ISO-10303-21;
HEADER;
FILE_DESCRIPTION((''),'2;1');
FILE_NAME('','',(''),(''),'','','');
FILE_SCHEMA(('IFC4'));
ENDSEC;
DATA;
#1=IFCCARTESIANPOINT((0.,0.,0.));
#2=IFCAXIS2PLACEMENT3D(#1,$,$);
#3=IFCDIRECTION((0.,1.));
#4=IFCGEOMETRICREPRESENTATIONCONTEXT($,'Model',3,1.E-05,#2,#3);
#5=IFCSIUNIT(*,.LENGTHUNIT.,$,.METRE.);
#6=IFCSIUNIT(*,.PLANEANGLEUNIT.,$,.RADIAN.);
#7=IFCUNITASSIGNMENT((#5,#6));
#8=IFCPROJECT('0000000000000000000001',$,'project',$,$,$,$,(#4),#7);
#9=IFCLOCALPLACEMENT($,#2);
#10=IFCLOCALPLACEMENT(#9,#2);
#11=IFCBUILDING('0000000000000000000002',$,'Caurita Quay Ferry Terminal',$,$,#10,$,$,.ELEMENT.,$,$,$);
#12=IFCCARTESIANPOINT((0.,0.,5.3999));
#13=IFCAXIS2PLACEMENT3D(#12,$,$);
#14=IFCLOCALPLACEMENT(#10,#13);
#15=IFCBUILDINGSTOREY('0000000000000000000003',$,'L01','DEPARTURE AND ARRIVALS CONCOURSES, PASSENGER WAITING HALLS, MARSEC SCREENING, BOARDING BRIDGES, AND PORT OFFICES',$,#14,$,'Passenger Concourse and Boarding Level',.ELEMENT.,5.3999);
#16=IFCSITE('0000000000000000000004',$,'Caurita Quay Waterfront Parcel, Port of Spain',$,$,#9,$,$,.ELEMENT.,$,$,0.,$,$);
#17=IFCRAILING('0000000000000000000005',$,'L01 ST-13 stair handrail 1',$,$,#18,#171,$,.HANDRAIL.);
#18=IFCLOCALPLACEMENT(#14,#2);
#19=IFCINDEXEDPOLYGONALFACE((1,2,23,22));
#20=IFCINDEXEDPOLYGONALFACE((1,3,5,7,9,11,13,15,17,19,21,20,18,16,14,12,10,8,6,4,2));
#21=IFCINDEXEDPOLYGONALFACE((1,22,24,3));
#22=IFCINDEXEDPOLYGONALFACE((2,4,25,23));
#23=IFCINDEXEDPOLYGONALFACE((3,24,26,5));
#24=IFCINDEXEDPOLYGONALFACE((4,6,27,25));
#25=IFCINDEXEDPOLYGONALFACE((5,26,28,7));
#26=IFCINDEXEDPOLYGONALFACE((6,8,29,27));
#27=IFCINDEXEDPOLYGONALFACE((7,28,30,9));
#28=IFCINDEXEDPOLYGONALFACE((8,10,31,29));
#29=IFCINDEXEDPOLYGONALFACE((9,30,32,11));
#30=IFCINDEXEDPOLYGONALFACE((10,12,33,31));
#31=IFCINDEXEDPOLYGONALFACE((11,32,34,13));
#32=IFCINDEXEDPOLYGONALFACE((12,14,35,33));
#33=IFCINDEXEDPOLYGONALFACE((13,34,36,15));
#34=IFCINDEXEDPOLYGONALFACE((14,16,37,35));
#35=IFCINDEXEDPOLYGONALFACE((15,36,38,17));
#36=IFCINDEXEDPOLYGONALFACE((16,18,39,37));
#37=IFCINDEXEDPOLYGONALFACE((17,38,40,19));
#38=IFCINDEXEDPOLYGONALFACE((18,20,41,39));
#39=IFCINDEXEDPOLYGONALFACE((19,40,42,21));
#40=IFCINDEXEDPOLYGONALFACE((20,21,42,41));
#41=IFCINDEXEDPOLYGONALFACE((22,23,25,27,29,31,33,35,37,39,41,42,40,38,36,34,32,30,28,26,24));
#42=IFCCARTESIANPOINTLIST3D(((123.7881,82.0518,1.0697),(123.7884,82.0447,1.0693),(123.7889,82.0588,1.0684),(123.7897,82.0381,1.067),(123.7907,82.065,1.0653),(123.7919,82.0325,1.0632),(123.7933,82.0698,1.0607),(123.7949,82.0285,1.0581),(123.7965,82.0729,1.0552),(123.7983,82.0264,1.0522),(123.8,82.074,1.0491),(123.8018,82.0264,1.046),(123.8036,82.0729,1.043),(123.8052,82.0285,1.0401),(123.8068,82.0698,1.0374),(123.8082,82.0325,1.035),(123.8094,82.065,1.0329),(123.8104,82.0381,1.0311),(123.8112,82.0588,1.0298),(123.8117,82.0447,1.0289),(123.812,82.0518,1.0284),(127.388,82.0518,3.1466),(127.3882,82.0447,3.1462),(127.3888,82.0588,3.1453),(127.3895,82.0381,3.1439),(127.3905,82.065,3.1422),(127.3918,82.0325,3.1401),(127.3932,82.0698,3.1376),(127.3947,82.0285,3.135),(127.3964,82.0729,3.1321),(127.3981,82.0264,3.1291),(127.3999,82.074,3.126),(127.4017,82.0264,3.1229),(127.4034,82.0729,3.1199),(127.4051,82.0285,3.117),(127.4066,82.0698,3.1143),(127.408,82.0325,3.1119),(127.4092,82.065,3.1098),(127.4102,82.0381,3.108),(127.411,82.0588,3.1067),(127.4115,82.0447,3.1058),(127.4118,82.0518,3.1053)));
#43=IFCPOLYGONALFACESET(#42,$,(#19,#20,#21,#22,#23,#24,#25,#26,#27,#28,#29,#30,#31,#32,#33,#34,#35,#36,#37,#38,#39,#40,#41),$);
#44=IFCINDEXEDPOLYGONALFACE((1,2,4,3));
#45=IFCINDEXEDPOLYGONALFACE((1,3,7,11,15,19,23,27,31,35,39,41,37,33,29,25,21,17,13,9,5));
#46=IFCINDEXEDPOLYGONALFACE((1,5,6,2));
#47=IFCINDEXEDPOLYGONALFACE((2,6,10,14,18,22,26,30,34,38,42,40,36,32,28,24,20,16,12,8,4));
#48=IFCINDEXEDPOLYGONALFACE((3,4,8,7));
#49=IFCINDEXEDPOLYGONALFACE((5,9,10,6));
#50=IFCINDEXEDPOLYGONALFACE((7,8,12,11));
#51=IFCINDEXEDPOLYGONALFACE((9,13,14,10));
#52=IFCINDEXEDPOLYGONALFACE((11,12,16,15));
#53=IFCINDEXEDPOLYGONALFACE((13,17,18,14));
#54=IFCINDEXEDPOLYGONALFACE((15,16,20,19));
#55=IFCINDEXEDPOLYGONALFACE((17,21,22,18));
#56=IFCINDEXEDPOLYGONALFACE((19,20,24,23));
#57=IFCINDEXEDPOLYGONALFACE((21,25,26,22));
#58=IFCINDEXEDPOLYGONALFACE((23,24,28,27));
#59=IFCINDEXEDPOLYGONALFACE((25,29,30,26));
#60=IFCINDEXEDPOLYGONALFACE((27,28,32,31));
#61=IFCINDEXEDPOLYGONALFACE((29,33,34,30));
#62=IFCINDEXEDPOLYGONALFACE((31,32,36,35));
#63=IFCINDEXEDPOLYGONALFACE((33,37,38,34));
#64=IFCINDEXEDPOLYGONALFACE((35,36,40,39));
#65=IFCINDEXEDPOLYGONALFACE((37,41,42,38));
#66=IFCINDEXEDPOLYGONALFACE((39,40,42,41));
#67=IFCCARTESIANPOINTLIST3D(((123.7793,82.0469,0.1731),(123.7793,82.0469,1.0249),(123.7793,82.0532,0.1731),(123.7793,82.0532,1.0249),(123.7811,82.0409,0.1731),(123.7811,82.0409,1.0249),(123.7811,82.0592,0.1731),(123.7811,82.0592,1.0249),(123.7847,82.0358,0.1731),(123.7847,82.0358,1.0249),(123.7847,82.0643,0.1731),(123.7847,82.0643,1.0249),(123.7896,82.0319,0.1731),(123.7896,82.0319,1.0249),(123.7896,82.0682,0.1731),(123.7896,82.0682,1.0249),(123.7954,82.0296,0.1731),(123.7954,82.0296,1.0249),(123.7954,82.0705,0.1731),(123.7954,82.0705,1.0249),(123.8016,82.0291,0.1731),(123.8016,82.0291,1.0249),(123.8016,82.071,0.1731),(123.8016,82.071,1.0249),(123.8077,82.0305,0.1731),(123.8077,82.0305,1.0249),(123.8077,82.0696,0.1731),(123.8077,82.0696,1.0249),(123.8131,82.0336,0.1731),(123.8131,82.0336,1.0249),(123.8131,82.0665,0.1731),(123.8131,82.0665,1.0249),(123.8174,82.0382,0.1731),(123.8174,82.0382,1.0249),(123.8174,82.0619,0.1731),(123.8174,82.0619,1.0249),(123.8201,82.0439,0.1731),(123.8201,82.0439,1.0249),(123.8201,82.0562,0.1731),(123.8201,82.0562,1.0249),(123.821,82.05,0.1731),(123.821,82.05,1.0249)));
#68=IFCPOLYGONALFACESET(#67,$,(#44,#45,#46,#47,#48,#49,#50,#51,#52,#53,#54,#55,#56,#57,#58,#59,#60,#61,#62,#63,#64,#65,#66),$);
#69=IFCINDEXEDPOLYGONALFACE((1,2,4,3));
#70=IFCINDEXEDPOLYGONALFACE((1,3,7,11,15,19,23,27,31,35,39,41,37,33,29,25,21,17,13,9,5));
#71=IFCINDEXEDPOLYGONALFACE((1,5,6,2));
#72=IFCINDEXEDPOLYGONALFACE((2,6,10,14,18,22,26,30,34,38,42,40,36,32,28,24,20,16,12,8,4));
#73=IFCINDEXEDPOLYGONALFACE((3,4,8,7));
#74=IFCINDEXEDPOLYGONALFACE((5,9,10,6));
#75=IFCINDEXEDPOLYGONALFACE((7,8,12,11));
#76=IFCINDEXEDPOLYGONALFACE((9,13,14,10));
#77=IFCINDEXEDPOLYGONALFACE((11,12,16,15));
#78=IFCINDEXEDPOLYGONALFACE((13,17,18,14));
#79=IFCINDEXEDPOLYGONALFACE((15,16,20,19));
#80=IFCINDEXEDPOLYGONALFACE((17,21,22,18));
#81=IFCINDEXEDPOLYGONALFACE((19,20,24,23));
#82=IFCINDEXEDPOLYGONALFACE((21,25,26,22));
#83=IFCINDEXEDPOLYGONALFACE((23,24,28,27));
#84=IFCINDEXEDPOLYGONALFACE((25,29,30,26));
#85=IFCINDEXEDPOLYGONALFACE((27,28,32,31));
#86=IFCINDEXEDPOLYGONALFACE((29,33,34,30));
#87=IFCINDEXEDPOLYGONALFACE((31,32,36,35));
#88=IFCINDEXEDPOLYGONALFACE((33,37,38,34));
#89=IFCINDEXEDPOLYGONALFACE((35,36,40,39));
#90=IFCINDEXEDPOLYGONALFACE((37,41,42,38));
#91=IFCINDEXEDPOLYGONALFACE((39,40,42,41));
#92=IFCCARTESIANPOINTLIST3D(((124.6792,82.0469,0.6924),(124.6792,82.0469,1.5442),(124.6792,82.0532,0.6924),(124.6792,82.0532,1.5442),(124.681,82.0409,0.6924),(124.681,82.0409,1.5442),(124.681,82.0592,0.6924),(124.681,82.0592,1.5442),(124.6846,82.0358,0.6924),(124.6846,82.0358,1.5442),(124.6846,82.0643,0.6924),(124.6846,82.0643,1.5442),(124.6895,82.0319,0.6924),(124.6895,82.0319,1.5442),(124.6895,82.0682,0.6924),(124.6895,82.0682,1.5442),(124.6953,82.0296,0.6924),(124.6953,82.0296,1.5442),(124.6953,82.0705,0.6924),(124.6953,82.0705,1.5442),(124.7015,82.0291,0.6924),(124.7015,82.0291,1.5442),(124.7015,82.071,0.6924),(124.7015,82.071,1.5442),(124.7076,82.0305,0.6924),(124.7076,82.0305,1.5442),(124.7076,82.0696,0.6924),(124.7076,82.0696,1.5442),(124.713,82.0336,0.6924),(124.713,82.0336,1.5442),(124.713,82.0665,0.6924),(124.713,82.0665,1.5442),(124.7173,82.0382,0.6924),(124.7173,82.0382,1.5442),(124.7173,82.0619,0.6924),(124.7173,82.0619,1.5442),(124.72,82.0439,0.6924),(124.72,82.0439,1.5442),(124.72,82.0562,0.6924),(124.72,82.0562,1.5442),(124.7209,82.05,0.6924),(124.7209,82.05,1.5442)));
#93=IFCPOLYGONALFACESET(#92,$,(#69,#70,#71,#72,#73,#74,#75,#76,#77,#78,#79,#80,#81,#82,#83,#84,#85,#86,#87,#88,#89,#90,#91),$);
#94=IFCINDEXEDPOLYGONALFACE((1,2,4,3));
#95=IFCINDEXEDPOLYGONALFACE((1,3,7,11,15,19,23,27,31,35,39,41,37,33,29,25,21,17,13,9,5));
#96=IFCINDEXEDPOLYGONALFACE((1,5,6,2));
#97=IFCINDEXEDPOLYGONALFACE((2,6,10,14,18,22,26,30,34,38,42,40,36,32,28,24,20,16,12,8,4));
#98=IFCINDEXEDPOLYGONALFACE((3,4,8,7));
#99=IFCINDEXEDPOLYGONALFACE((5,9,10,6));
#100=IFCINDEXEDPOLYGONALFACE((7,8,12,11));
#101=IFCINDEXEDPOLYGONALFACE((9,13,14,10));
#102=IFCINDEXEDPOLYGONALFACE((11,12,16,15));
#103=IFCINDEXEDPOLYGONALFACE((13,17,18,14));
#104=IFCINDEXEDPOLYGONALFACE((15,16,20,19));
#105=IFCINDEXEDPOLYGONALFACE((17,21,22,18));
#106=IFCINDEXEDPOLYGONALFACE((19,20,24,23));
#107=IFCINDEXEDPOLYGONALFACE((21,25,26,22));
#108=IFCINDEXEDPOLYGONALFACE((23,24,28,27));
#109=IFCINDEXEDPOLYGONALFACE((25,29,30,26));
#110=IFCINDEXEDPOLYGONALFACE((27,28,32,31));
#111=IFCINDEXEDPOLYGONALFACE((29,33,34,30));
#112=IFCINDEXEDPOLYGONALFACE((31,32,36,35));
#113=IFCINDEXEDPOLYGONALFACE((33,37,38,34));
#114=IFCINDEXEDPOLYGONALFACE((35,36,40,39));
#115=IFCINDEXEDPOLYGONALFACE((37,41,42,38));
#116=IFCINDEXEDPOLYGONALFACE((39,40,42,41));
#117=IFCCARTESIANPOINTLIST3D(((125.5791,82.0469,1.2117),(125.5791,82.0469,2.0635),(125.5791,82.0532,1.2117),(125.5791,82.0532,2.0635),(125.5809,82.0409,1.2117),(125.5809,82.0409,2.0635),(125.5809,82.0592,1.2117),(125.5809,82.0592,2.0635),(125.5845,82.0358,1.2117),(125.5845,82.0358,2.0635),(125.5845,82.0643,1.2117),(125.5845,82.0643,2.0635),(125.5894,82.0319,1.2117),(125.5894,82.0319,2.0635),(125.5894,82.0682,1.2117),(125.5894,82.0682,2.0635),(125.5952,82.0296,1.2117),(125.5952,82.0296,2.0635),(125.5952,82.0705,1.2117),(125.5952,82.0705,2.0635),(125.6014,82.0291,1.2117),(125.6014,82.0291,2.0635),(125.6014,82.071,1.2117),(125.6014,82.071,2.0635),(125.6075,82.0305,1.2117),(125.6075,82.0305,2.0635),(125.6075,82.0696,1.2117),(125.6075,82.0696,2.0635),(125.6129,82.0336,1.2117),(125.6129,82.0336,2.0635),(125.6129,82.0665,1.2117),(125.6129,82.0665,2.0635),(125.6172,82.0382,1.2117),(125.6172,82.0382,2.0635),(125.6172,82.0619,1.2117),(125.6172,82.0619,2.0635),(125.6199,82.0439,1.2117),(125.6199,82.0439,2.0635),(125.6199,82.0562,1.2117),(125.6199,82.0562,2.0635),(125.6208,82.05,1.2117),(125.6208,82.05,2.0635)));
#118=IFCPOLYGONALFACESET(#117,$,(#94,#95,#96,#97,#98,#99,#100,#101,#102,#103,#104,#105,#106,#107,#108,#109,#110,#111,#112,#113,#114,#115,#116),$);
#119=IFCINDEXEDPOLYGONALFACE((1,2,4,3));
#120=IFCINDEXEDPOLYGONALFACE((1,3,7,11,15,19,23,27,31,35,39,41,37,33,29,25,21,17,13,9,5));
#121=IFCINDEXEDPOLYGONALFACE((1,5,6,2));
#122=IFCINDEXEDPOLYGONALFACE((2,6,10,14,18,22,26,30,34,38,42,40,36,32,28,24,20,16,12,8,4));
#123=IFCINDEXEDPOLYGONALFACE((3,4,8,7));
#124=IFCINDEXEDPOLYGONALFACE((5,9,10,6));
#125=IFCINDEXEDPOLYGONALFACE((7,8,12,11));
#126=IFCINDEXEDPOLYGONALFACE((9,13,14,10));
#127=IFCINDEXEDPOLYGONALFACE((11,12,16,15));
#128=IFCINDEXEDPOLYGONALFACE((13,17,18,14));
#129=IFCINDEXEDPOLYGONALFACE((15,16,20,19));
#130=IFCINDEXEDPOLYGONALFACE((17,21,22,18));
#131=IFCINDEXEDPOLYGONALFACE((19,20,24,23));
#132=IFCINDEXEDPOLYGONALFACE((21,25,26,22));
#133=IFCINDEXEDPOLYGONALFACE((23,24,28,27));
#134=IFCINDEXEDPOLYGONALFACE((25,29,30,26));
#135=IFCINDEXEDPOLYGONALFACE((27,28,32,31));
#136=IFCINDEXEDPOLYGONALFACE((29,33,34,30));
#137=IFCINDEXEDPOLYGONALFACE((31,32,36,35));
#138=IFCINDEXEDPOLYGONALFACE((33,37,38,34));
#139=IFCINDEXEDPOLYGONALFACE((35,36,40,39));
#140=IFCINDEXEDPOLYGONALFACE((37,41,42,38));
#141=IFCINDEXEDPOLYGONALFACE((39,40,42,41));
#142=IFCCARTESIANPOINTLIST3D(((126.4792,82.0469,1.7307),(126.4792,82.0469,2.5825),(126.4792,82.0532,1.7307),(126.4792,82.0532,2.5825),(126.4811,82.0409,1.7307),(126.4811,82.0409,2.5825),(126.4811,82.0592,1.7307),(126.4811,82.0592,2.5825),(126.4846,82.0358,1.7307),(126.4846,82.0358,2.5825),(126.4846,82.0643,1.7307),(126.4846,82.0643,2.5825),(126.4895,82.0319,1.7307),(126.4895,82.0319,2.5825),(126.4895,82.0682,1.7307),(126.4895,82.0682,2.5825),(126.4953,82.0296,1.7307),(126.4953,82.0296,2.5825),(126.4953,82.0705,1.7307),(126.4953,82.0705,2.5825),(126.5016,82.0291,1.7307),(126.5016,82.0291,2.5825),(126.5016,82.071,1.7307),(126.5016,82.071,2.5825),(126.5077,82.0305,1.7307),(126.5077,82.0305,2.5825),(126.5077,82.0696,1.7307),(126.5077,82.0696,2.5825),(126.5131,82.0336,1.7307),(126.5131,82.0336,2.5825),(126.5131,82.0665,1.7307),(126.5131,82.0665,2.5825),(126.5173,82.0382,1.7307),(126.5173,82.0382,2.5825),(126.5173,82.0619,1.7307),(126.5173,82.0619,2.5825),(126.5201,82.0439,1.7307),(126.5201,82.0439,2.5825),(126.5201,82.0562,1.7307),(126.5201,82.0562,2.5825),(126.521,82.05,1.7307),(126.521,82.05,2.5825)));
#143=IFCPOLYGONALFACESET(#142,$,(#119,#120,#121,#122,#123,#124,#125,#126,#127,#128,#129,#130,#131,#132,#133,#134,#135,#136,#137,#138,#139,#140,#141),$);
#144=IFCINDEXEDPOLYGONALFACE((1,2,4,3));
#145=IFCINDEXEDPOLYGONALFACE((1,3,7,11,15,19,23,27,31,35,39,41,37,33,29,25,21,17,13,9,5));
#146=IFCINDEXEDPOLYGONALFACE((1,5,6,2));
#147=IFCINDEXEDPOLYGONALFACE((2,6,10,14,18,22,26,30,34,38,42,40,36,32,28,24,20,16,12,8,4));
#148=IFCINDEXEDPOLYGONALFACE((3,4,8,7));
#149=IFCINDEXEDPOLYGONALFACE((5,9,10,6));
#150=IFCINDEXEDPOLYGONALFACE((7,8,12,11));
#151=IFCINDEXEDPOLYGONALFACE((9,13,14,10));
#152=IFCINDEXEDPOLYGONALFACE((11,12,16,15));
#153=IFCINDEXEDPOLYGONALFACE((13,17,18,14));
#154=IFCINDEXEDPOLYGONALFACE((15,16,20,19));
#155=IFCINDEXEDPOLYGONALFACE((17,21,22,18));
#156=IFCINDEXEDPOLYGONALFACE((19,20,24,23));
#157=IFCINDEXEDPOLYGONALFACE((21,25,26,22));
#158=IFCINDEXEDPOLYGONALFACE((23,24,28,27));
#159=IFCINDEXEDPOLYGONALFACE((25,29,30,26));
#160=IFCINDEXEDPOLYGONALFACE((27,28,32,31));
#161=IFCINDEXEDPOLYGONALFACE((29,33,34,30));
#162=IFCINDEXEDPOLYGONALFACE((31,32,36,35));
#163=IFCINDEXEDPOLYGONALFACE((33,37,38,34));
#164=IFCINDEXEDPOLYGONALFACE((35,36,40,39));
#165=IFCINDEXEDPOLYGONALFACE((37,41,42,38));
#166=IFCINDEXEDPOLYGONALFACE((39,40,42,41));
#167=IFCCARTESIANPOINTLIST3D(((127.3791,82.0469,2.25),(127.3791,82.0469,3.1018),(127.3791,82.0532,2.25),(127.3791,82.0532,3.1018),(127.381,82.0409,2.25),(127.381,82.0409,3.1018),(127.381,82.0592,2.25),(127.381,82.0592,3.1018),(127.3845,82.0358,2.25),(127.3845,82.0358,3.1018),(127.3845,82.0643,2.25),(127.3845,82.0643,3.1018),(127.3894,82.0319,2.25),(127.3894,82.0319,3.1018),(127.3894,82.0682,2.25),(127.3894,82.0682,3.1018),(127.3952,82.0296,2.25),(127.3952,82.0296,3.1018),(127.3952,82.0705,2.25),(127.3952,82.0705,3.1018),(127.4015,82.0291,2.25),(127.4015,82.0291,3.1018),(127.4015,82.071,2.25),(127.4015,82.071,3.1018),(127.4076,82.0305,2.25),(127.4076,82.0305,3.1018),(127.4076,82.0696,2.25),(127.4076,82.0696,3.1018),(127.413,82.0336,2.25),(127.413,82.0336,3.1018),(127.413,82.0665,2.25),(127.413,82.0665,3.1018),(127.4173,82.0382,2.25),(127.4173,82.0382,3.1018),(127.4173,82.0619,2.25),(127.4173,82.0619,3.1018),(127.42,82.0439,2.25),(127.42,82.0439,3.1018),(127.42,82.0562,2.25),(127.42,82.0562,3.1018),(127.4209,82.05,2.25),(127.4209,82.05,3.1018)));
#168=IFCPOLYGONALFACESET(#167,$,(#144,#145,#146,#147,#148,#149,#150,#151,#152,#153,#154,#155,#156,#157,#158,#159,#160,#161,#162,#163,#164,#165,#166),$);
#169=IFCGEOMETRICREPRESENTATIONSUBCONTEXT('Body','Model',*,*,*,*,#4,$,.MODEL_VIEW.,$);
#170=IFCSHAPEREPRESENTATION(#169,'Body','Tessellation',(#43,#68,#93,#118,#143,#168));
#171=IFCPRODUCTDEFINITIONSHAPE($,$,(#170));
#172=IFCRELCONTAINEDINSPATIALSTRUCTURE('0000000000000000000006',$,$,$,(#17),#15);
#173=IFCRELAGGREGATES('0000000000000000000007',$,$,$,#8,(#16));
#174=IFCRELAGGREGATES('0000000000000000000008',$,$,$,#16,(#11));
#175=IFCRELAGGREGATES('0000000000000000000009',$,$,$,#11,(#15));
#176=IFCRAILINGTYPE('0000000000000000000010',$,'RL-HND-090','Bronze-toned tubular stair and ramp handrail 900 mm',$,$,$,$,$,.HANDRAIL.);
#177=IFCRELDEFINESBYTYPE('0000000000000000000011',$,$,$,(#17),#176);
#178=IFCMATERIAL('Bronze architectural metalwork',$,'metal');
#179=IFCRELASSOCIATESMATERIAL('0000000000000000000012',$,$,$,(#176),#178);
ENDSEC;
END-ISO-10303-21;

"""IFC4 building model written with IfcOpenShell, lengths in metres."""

from ifc_helpers import new_model, si_unit, direction, frame, origin, origin_2d, place, context, subcontext, project, spatial, circle, extrude, material, type_object, element, save


model = new_model("IFC4")

# Units and contexts
model_context = context("Model", 3, precision=1e-05, world=origin(), true_north=direction((0.0, 1.0)))
body_context = subcontext(model_context, "Body", "Model", "MODEL_VIEW")
ifc_project = project(units=[si_unit("LENGTHUNIT", "METRE"), si_unit("PLANEANGLEUNIT", "RADIAN")], contexts=[model_context])

# Site, building, storey
site_placement = place(None, origin())
site = spatial("IfcSite", under=ifc_project, at=site_placement, Name="Caurita Quay Waterfront Parcel, Port of Spain", CompositionType="ELEMENT", RefElevation=0.0)
building_placement = place(site_placement, origin())
building = spatial("IfcBuilding", under=site, at=building_placement, Name="Caurita Quay Ferry Terminal", CompositionType="ELEMENT")
storey_placement = place(building_placement, frame((0.0, 0.0, 5.3999)))
storey = spatial("IfcBuildingStorey", under=building, at=storey_placement, Name="L01", Description="DEPARTURE AND ARRIVALS CONCOURSES, PASSENGER WAITING HALLS, MARSEC SCREENING, BOARDING BRIDGES, AND PORT OFFICES", LongName="Passenger Concourse and Boarding Level", CompositionType="ELEMENT", Elevation=5.3999)

# Railing
ifc_material_1 = material(Name="Bronze architectural metalwork", Category="metal")
railing_type_1 = type_object("IfcRailingType", Name="RL-HND-090", Description="Bronze-toned tubular stair and ramp handrail 900 mm", PredefinedType="HANDRAIL", material=ifc_material_1)
railing_1_placement = place(storey_placement, frame((123.8, 82.05, 0.1731)))
element("IfcRailing", 1, at=railing_1_placement, inside=storey, type_object=railing_type_1, Name="L01 ST-13 stair handrail 1", PredefinedType="HANDRAIL", context=body_context, shape_type="SweptSolid", body=[
    extrude(circle(Radius=0.0239, at=origin_2d()), frame((0.0, 0.0, 0.876), z_axis=(0.866179, 0.0, 0.499734), x_axis=(0.0, 1.0, 0.0)), (0.0, 0.0, 1.0), 4.156),
    extrude(circle(Radius=0.021, at=origin_2d()), origin(), (0.0, 0.0, 1.0), 0.8518),
    extrude(circle(Radius=0.021, at=origin_2d()), frame((0.8999, 0.0, 0.5193)), (0.0, 0.0, 1.0), 0.8518),
    extrude(circle(Radius=0.021, at=origin_2d()), frame((1.7998, 0.0, 1.0386)), (0.0, 0.0, 1.0), 0.8518),
    extrude(circle(Radius=0.021, at=origin_2d()), frame((2.7, 0.0, 1.5576)), (0.0, 0.0, 1.0), 0.8518),
    extrude(circle(Radius=0.021, at=origin_2d()), frame((3.5999, 0.0, 2.0769)), (0.0, 0.0, 1.0), 0.8518),
])

save(model, "model.ifc")
